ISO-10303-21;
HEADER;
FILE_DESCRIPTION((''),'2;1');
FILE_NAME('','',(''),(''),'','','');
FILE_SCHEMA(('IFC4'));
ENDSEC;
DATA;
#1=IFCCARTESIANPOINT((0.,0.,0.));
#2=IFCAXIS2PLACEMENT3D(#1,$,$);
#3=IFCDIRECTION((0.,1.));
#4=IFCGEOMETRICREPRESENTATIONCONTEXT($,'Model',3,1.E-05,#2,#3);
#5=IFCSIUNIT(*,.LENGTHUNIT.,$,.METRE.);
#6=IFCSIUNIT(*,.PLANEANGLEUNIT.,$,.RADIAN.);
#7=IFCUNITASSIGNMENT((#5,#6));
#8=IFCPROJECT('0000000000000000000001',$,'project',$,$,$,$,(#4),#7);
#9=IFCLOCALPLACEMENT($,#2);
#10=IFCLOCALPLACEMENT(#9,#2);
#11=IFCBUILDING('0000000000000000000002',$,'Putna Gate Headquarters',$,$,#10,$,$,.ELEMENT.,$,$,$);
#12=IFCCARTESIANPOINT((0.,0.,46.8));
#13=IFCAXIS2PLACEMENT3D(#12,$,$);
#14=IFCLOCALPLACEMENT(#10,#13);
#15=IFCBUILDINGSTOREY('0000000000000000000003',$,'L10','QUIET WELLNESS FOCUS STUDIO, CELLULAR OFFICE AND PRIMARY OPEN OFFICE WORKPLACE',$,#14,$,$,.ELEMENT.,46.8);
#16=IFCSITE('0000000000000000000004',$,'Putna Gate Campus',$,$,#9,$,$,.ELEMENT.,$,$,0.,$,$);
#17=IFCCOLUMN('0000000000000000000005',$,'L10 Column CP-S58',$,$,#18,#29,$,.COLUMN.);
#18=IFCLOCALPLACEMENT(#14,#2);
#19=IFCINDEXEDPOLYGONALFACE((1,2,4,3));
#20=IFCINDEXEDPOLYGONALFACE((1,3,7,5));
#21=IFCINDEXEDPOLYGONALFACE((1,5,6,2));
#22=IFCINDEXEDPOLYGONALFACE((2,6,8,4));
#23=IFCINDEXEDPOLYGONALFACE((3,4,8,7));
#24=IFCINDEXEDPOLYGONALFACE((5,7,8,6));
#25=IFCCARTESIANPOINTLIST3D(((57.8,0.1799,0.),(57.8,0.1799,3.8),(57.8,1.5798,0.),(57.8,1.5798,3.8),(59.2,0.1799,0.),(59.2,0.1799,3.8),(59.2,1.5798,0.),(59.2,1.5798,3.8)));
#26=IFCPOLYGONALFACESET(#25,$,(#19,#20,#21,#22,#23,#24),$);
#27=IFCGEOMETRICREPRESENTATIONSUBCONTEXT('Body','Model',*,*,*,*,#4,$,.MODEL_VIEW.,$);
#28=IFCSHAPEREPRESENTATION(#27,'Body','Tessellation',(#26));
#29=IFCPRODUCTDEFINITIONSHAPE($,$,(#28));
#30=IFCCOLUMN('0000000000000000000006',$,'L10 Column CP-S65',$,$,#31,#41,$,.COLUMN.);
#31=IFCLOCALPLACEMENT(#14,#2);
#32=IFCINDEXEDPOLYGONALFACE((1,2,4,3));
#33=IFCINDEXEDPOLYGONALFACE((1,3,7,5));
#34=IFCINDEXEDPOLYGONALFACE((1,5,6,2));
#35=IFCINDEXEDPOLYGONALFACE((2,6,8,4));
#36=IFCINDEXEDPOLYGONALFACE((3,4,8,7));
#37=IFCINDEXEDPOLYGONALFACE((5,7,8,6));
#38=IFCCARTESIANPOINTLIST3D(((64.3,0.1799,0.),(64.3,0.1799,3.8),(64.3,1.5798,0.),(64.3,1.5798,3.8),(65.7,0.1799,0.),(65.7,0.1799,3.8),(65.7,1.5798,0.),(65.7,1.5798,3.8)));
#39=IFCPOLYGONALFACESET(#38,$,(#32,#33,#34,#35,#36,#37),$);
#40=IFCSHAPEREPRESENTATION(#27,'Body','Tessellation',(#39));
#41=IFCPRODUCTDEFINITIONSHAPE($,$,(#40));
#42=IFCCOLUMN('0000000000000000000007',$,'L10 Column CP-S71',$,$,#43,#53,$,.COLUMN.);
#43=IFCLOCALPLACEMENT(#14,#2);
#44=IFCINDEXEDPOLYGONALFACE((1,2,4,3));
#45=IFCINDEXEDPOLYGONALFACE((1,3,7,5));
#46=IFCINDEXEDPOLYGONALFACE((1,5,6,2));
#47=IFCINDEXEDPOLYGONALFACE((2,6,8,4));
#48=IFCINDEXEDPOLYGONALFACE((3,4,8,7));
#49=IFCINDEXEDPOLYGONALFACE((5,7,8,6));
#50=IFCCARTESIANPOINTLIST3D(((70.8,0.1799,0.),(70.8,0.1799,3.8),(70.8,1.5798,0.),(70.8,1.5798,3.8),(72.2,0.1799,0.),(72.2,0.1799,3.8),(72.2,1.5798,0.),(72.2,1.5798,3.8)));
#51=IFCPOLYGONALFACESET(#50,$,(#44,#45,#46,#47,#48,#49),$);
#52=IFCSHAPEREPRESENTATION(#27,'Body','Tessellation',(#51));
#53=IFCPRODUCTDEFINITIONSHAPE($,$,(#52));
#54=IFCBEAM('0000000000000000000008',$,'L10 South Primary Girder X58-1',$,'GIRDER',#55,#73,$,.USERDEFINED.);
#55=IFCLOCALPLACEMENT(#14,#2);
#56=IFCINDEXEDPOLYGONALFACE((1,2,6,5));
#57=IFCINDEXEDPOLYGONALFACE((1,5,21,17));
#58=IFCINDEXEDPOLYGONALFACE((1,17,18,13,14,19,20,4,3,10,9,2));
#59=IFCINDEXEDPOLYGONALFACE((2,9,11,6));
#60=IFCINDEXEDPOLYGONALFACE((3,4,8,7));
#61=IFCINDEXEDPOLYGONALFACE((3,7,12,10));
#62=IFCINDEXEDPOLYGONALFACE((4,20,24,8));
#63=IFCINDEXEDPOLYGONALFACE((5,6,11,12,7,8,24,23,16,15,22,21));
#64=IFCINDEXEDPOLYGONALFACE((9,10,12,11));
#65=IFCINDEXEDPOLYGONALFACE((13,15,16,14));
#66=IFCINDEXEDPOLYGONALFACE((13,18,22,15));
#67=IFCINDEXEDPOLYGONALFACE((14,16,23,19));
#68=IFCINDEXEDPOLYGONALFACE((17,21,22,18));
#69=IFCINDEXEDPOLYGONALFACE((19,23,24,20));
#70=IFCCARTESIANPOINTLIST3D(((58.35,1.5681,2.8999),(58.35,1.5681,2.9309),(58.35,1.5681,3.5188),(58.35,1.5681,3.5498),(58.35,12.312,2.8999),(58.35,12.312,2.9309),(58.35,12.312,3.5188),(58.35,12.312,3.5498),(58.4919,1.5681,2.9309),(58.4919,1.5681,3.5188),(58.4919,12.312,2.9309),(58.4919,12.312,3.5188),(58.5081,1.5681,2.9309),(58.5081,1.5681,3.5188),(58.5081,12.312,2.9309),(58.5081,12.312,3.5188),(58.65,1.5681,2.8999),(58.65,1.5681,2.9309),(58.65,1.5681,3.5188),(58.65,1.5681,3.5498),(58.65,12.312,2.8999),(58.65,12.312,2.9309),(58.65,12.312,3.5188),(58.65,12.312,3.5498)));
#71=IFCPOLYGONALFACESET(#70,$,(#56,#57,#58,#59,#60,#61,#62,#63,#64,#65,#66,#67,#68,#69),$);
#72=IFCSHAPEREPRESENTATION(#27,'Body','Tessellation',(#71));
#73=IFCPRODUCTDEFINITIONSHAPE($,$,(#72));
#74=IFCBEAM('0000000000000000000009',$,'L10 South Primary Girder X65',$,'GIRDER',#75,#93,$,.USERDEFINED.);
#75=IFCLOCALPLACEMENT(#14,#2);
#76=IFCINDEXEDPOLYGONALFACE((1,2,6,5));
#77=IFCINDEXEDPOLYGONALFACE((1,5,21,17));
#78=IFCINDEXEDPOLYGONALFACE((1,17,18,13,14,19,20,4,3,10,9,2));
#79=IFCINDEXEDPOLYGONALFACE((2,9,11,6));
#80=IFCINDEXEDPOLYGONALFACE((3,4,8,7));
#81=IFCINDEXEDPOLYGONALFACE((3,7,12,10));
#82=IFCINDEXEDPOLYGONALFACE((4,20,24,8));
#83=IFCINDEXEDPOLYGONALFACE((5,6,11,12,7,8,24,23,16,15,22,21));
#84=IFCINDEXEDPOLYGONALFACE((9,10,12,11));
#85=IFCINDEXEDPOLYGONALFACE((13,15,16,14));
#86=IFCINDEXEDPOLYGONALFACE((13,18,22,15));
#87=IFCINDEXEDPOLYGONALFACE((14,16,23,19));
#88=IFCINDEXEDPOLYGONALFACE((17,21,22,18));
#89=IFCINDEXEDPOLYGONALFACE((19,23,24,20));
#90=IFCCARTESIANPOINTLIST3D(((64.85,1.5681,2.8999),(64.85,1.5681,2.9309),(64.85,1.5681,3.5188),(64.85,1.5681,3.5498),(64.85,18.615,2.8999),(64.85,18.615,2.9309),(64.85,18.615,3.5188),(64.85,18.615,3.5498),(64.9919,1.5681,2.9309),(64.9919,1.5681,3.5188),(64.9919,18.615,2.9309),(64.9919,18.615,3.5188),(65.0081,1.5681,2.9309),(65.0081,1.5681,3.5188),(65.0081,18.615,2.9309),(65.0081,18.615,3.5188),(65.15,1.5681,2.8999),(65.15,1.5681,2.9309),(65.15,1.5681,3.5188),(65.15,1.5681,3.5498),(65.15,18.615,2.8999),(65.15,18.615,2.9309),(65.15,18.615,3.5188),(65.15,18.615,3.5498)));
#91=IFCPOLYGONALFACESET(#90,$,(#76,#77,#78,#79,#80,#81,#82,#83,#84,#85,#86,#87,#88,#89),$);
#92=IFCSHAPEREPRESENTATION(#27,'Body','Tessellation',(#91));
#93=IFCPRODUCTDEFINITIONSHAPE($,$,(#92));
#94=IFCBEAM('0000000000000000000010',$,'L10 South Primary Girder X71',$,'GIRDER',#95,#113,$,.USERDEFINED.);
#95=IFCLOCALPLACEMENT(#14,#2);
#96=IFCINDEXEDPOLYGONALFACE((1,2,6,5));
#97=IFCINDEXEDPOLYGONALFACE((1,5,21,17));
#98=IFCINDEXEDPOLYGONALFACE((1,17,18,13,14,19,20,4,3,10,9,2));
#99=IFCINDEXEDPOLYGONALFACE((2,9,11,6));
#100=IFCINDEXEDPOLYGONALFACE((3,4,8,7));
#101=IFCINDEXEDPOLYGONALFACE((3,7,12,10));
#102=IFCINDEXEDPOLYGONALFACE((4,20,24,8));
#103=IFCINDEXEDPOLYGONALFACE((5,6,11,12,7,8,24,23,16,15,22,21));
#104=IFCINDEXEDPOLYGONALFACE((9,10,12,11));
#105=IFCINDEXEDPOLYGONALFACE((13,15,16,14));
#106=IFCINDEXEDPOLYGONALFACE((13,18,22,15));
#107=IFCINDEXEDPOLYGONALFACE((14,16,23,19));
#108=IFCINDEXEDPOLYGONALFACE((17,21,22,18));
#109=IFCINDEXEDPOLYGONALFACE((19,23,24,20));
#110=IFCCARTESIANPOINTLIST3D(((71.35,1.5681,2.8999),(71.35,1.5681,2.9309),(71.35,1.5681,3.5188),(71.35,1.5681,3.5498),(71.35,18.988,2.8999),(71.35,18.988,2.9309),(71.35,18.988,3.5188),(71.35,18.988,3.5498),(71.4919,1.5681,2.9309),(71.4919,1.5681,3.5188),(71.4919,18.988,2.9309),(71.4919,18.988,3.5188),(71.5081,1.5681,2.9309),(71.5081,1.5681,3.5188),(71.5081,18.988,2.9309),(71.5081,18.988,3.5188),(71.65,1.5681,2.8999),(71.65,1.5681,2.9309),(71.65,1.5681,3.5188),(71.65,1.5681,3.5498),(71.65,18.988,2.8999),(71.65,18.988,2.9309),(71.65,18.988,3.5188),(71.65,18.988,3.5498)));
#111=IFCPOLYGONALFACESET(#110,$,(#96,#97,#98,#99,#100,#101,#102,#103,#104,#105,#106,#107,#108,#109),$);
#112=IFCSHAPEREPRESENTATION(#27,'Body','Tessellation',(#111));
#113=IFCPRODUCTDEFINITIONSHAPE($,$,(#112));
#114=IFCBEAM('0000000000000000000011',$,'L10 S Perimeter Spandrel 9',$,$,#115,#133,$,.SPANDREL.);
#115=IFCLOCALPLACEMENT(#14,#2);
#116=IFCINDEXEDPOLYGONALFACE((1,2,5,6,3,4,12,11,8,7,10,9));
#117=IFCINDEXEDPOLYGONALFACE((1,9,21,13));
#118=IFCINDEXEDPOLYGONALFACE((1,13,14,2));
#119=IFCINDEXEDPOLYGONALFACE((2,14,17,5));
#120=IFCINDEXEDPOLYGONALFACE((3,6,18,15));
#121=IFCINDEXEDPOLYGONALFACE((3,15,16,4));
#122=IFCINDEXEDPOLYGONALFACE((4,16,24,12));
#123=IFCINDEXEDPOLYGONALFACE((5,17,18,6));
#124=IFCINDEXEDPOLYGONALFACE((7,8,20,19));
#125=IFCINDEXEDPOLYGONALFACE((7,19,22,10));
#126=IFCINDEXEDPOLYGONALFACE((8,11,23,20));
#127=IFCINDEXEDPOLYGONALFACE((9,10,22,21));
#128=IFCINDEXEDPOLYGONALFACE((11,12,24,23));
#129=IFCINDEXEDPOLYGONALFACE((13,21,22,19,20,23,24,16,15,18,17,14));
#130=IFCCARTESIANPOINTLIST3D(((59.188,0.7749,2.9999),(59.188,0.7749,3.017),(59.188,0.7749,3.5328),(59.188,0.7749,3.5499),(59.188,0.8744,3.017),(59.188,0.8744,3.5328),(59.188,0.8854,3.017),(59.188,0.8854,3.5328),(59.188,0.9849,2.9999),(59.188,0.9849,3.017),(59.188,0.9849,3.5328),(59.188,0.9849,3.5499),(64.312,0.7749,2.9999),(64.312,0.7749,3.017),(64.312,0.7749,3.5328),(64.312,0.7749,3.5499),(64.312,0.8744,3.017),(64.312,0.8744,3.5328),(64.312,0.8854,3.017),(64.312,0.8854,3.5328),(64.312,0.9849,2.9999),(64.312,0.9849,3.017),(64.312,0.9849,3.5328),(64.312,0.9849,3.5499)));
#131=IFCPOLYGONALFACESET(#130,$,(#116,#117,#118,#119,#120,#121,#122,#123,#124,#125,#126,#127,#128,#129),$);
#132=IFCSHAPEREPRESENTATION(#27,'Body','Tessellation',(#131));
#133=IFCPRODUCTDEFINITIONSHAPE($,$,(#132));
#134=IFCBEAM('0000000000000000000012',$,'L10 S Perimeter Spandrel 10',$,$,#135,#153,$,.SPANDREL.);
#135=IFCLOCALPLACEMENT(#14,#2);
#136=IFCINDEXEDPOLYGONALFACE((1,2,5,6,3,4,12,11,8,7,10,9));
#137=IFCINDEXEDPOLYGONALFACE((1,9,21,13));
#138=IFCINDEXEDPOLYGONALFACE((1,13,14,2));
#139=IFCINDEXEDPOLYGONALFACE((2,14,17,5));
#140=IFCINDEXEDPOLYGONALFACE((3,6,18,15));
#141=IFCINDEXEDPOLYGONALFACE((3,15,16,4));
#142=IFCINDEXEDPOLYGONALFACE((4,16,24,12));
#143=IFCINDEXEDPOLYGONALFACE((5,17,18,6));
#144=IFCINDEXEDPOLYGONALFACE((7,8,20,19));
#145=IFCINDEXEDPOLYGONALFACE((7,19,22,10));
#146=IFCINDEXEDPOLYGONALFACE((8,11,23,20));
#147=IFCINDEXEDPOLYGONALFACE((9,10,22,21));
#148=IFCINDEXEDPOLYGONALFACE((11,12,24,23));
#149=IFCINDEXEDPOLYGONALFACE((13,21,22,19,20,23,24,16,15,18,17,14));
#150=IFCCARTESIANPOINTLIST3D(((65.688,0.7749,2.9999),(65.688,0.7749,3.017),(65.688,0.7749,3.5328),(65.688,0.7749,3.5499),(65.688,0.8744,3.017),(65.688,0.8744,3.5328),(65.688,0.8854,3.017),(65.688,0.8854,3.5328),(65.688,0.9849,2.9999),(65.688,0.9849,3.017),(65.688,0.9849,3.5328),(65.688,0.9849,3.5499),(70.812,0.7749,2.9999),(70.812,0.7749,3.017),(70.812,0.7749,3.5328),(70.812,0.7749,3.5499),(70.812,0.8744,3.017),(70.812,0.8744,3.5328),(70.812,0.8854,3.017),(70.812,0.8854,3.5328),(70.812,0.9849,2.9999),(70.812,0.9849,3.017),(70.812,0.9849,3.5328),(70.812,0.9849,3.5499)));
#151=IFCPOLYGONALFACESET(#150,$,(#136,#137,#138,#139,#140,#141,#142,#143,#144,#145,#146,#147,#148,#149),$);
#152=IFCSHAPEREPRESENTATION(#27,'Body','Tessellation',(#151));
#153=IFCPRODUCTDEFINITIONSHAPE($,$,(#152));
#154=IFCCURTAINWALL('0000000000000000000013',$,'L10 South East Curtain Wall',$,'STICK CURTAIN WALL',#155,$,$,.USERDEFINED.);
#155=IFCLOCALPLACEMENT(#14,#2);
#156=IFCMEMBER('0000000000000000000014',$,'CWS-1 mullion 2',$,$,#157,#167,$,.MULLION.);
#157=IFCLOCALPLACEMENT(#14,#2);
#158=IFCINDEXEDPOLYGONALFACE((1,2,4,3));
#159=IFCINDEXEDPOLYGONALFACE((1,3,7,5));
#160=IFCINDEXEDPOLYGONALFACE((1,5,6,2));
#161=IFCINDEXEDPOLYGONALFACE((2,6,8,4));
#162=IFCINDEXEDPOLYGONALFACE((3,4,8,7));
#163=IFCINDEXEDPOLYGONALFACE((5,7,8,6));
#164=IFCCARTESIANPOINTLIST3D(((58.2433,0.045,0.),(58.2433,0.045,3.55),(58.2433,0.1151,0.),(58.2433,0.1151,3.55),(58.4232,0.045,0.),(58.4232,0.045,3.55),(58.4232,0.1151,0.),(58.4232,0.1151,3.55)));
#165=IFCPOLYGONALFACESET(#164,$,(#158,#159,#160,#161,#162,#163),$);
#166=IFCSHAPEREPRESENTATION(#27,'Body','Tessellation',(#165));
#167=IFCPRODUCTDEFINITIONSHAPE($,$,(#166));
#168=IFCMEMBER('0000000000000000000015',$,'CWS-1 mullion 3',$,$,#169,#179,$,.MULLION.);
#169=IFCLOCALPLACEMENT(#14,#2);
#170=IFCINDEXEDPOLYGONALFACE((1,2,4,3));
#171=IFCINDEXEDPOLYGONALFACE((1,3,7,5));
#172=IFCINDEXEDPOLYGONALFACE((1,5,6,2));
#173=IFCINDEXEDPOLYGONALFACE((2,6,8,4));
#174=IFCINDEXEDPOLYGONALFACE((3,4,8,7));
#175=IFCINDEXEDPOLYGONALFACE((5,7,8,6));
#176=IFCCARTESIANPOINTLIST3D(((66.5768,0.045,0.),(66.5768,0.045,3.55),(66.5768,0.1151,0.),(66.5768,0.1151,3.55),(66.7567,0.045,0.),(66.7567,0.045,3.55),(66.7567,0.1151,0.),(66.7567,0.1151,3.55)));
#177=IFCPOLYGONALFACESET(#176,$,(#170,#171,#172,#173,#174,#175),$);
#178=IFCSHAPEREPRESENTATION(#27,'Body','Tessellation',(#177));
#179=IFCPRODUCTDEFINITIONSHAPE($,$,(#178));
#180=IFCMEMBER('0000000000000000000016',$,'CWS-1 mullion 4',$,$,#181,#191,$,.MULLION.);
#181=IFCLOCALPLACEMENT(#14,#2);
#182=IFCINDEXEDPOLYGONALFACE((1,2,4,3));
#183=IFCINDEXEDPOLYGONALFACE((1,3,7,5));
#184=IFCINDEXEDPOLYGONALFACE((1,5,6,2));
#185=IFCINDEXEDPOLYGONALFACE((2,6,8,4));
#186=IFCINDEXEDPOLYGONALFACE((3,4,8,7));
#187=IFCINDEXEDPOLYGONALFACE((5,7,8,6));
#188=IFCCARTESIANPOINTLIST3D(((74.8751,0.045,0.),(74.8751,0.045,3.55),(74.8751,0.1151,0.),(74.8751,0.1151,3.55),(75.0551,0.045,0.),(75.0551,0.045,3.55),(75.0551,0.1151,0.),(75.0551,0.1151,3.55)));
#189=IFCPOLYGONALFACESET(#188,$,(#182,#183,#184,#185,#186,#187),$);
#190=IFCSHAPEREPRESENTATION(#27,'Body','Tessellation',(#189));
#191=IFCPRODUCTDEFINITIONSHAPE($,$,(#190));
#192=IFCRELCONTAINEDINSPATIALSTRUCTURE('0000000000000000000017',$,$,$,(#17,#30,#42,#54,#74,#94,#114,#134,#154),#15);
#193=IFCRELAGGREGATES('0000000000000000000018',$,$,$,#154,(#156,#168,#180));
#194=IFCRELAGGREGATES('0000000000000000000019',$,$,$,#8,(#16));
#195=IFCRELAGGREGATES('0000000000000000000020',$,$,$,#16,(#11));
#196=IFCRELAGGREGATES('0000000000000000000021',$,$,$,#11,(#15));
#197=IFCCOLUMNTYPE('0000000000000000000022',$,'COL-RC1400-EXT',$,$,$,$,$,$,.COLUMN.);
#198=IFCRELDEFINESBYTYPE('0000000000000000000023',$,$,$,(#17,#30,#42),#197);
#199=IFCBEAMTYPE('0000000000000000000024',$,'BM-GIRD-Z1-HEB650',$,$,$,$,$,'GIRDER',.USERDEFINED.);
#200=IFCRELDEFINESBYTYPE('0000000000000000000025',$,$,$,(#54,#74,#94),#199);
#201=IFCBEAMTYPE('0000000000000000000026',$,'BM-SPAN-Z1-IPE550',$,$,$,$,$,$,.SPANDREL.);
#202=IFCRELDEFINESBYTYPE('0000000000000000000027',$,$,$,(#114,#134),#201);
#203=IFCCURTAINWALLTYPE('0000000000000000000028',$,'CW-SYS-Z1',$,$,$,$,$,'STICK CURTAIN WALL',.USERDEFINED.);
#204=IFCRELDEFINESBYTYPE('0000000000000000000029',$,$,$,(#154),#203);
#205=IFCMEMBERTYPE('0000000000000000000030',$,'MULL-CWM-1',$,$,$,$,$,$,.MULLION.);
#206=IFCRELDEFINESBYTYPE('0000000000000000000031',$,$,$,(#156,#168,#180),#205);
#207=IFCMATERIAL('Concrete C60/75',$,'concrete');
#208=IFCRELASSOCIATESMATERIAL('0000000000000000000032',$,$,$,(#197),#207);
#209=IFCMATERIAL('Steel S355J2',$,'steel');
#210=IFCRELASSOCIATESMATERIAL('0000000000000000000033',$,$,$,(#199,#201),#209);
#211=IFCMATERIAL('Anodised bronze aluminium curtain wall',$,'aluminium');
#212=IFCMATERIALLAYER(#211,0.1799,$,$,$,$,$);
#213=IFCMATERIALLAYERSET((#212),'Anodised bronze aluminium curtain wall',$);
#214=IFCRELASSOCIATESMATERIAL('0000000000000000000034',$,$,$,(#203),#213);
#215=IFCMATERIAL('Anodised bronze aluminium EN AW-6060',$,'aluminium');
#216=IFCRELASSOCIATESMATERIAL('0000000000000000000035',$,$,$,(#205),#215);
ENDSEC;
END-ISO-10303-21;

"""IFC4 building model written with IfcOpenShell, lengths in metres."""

from ifc_helpers import new_model, si_unit, direction, frame, origin, origin_2d, place, context, subcontext, project, spatial, rectangle, i_section, extrude, material, layer, layer_set, material_profile, profile_set, type_object, element, aggregate, save


model = new_model("IFC4")

# Units and contexts
model_context = context("Model", 3, precision=1e-05, world=origin(), true_north=direction((0.0, 1.0)))
body_context = subcontext(model_context, "Body", "Model", "MODEL_VIEW")
ifc_project = project(units=[si_unit("LENGTHUNIT", "METRE"), si_unit("PLANEANGLEUNIT", "RADIAN")], contexts=[model_context])

# Site, building, storey
site_placement = place(None, origin())
site = spatial("IfcSite", under=ifc_project, at=site_placement, Name="Putna Gate Campus", CompositionType="ELEMENT", RefElevation=0.0)
building_placement = place(site_placement, origin())
building = spatial("IfcBuilding", under=site, at=building_placement, Name="Putna Gate Headquarters", CompositionType="ELEMENT")
storey_placement = place(building_placement, frame((0.0, 0.0, 46.8)))
storey = spatial("IfcBuildingStorey", under=building, at=storey_placement, Name="L10", Description="QUIET WELLNESS FOCUS STUDIO, CELLULAR OFFICE AND PRIMARY OPEN OFFICE WORKPLACE", CompositionType="ELEMENT", Elevation=46.8)

# Columns
ifc_material_1 = material(Name="Concrete C60/75", Category="concrete")
ifc_material_profile_1 = material_profile(ifc_material_1, rectangle(XDim=1.3999, YDim=1.3999, at=origin_2d()), Name="Concrete C60/75")
ifc_profile_set_1 = profile_set([ifc_material_profile_1], Name="Concrete C60/75")
column_type = type_object("IfcColumnType", Name="COL-RC1400-EXT", PredefinedType="COLUMN", material=ifc_profile_set_1)
for number, where, z_axis, x_axis, name in (
    (1, (58.5, 0.8799, 0.0), (0.0, 0.0, 1.0), (1.0, 0.0, 0.0), "L10 Column CP-S58"),
    (2, (65.0, 0.8799, 0.0), (0.0, 0.0, 1.0), (1.0, 0.0, 0.0), "L10 Column CP-S65"),
    (3, (71.5, 0.8799, 0.0), (0.0, 0.0, 1.0), (1.0, 0.0, 0.0), "L10 Column CP-S71"),
):
    element("IfcColumn", number, at=place(storey_placement, frame(where, z_axis=z_axis, x_axis=x_axis)), inside=storey, type_object=column_type, Name=name, PredefinedType="COLUMN", context=body_context, shape_type="SweptSolid", body=[
        extrude(rectangle(XDim=1.3999, YDim=1.3999, at=origin_2d()), origin(), (0.0, 0.0, 1.0), 3.8),
    ])

# Beams
ifc_material_2 = material(Name="Steel S355J2", Category="steel")
ifc_material_profile_2 = material_profile(ifc_material_2, i_section(OverallWidth=0.3, OverallDepth=0.6499, WebThickness=0.0161, FlangeThickness=0.031, at=origin_2d()), Name="Steel S355J2")
ifc_profile_set_2 = profile_set([ifc_material_profile_2], Name="Steel S355J2")
beam_type_1 = type_object("IfcBeamType", Name="BM-GIRD-Z1-HEB650", ElementType="GIRDER", PredefinedType="USERDEFINED", material=ifc_profile_set_2)
beam_1_placement = place(storey_placement, frame((58.5, 1.5681, 3.2249), z_axis=(0.0, 1.0, 0.0), x_axis=(-1.0, 0.0, 0.0)))
element("IfcBeam", 4, at=beam_1_placement, inside=storey, type_object=beam_type_1, Name="L10 South Primary Girder X58-1", ObjectType="GIRDER", PredefinedType="USERDEFINED", context=body_context, shape_type="SweptSolid", body=[
    extrude(i_section(OverallWidth=0.3, OverallDepth=0.6499, WebThickness=0.0161, FlangeThickness=0.031, at=origin_2d()), origin(), (0.0, 0.0, 1.0), 10.7439),
])
beam_2_placement = place(storey_placement, frame((65.0, 1.5681, 3.2249), z_axis=(0.0, 1.0, 0.0), x_axis=(-1.0, 0.0, 0.0)))
element("IfcBeam", 5, at=beam_2_placement, inside=storey, type_object=beam_type_1, Name="L10 South Primary Girder X65", ObjectType="GIRDER", PredefinedType="USERDEFINED", context=body_context, shape_type="SweptSolid", body=[
    extrude(i_section(OverallWidth=0.3, OverallDepth=0.6499, WebThickness=0.0161, FlangeThickness=0.031, at=origin_2d()), origin(), (0.0, 0.0, 1.0), 17.0469),
])
beam_3_placement = place(storey_placement, frame((71.5, 1.5681, 3.2249), z_axis=(0.0, 1.0, 0.0), x_axis=(-1.0, 0.0, 0.0)))
element("IfcBeam", 6, at=beam_3_placement, inside=storey, type_object=beam_type_1, Name="L10 South Primary Girder X71", ObjectType="GIRDER", PredefinedType="USERDEFINED", context=body_context, shape_type="SweptSolid", body=[
    extrude(i_section(OverallWidth=0.3, OverallDepth=0.6499, WebThickness=0.0161, FlangeThickness=0.031, at=origin_2d()), origin(), (0.0, 0.0, 1.0), 17.4199),
])
ifc_material_profile_3 = material_profile(ifc_material_2, i_section(OverallWidth=0.21, OverallDepth=0.55, WebThickness=0.011, FlangeThickness=0.0171, at=origin_2d()), Name="Steel S355J2")
ifc_profile_set_3 = profile_set([ifc_material_profile_3], Name="Steel S355J2")
beam_type_2 = type_object("IfcBeamType", Name="BM-SPAN-Z1-IPE550", PredefinedType="SPANDREL", material=ifc_profile_set_3)
for number, where, z_axis, x_axis, name in (
    (7, (59.188, 0.8799, 3.2749), (1.0, 0.0, 0.0), (0.0, 1.0, 0.0), "L10 S Perimeter Spandrel 9"),
    (8, (65.688, 0.8799, 3.2749), (1.0, 0.0, 0.0), (0.0, 1.0, 0.0), "L10 S Perimeter Spandrel 10"),
):
    element("IfcBeam", number, at=place(storey_placement, frame(where, z_axis=z_axis, x_axis=x_axis)), inside=storey, type_object=beam_type_2, Name=name, PredefinedType="SPANDREL", context=body_context, shape_type="SweptSolid", body=[
        extrude(i_section(OverallWidth=0.21, OverallDepth=0.55, WebThickness=0.011, FlangeThickness=0.0171, at=origin_2d()), origin(), (0.0, 0.0, 1.0), 5.124),
    ])

# Curtain wall, members
ifc_material_3 = material(Name="Anodised bronze aluminium curtain wall", Category="aluminium")
ifc_layer_1 = layer(ifc_material_3, 0.1799)
ifc_layer_set_1 = layer_set([ifc_layer_1], Name="Anodised bronze aluminium curtain wall")
curtain_wall_type = type_object("IfcCurtainWallType", Name="CW-SYS-Z1", ElementType="STICK CURTAIN WALL", PredefinedType="USERDEFINED", material=ifc_layer_set_1)
curtain_wall_1_placement = place(storey_placement, origin())
curtain_wall_1 = element("IfcCurtainWall", 9, at=curtain_wall_1_placement, inside=storey, type_object=curtain_wall_type, Name="L10 South East Curtain Wall", ObjectType="STICK CURTAIN WALL", PredefinedType="USERDEFINED")
ifc_material_4 = material(Name="Anodised bronze aluminium EN AW-6060", Category="aluminium")
ifc_material_profile_4 = material_profile(ifc_material_4, rectangle(XDim=0.0701, YDim=0.1799, at=origin_2d()), Name="Anodised bronze aluminium EN AW-6060")
ifc_profile_set_4 = profile_set([ifc_material_profile_4], Name="Anodised bronze aluminium EN AW-6060")
member_type_1 = type_object("IfcMemberType", Name="MULL-CWM-1", PredefinedType="MULLION", material=ifc_profile_set_4)
member_1_placement = place(storey_placement, frame((58.3333, 0.0801, 0.0), z_axis=(0.0, 0.0, 1.0), x_axis=(0.0, 1.0, 0.0)))
member_1 = element("IfcMember", 10, at=member_1_placement, type_object=member_type_1, Name="CWS-1 mullion 2", PredefinedType="MULLION", context=body_context, shape_type="SweptSolid", body=[
    extrude(rectangle(XDim=0.0701, YDim=0.1799, at=origin_2d()), origin(), (0.0, 0.0, 1.0), 3.55),
])
member_2_placement = place(storey_placement, frame((66.6667, 0.0801, 0.0), z_axis=(0.0, 0.0, 1.0), x_axis=(0.0, 1.0, 0.0)))
member_2 = element("IfcMember", 11, at=member_2_placement, type_object=member_type_1, Name="CWS-1 mullion 3", PredefinedType="MULLION", context=body_context, shape_type="SweptSolid", body=[
    extrude(rectangle(XDim=0.0701, YDim=0.1799, at=origin_2d()), origin(), (0.0, 0.0, 1.0), 3.55),
])
member_3_placement = place(storey_placement, frame((74.9651, 0.0801, 0.0), z_axis=(0.0, 0.0, 1.0), x_axis=(0.0, 1.0, 0.0)))
member_3 = element("IfcMember", 12, at=member_3_placement, type_object=member_type_1, Name="CWS-1 mullion 4", PredefinedType="MULLION", context=body_context, shape_type="SweptSolid", body=[
    extrude(rectangle(XDim=0.0701, YDim=0.1799, at=origin_2d()), origin(), (0.0, 0.0, 1.0), 3.55),
])

aggregate(curtain_wall_1, [member_1, member_2, member_3])

save(model, "model.ifc")
